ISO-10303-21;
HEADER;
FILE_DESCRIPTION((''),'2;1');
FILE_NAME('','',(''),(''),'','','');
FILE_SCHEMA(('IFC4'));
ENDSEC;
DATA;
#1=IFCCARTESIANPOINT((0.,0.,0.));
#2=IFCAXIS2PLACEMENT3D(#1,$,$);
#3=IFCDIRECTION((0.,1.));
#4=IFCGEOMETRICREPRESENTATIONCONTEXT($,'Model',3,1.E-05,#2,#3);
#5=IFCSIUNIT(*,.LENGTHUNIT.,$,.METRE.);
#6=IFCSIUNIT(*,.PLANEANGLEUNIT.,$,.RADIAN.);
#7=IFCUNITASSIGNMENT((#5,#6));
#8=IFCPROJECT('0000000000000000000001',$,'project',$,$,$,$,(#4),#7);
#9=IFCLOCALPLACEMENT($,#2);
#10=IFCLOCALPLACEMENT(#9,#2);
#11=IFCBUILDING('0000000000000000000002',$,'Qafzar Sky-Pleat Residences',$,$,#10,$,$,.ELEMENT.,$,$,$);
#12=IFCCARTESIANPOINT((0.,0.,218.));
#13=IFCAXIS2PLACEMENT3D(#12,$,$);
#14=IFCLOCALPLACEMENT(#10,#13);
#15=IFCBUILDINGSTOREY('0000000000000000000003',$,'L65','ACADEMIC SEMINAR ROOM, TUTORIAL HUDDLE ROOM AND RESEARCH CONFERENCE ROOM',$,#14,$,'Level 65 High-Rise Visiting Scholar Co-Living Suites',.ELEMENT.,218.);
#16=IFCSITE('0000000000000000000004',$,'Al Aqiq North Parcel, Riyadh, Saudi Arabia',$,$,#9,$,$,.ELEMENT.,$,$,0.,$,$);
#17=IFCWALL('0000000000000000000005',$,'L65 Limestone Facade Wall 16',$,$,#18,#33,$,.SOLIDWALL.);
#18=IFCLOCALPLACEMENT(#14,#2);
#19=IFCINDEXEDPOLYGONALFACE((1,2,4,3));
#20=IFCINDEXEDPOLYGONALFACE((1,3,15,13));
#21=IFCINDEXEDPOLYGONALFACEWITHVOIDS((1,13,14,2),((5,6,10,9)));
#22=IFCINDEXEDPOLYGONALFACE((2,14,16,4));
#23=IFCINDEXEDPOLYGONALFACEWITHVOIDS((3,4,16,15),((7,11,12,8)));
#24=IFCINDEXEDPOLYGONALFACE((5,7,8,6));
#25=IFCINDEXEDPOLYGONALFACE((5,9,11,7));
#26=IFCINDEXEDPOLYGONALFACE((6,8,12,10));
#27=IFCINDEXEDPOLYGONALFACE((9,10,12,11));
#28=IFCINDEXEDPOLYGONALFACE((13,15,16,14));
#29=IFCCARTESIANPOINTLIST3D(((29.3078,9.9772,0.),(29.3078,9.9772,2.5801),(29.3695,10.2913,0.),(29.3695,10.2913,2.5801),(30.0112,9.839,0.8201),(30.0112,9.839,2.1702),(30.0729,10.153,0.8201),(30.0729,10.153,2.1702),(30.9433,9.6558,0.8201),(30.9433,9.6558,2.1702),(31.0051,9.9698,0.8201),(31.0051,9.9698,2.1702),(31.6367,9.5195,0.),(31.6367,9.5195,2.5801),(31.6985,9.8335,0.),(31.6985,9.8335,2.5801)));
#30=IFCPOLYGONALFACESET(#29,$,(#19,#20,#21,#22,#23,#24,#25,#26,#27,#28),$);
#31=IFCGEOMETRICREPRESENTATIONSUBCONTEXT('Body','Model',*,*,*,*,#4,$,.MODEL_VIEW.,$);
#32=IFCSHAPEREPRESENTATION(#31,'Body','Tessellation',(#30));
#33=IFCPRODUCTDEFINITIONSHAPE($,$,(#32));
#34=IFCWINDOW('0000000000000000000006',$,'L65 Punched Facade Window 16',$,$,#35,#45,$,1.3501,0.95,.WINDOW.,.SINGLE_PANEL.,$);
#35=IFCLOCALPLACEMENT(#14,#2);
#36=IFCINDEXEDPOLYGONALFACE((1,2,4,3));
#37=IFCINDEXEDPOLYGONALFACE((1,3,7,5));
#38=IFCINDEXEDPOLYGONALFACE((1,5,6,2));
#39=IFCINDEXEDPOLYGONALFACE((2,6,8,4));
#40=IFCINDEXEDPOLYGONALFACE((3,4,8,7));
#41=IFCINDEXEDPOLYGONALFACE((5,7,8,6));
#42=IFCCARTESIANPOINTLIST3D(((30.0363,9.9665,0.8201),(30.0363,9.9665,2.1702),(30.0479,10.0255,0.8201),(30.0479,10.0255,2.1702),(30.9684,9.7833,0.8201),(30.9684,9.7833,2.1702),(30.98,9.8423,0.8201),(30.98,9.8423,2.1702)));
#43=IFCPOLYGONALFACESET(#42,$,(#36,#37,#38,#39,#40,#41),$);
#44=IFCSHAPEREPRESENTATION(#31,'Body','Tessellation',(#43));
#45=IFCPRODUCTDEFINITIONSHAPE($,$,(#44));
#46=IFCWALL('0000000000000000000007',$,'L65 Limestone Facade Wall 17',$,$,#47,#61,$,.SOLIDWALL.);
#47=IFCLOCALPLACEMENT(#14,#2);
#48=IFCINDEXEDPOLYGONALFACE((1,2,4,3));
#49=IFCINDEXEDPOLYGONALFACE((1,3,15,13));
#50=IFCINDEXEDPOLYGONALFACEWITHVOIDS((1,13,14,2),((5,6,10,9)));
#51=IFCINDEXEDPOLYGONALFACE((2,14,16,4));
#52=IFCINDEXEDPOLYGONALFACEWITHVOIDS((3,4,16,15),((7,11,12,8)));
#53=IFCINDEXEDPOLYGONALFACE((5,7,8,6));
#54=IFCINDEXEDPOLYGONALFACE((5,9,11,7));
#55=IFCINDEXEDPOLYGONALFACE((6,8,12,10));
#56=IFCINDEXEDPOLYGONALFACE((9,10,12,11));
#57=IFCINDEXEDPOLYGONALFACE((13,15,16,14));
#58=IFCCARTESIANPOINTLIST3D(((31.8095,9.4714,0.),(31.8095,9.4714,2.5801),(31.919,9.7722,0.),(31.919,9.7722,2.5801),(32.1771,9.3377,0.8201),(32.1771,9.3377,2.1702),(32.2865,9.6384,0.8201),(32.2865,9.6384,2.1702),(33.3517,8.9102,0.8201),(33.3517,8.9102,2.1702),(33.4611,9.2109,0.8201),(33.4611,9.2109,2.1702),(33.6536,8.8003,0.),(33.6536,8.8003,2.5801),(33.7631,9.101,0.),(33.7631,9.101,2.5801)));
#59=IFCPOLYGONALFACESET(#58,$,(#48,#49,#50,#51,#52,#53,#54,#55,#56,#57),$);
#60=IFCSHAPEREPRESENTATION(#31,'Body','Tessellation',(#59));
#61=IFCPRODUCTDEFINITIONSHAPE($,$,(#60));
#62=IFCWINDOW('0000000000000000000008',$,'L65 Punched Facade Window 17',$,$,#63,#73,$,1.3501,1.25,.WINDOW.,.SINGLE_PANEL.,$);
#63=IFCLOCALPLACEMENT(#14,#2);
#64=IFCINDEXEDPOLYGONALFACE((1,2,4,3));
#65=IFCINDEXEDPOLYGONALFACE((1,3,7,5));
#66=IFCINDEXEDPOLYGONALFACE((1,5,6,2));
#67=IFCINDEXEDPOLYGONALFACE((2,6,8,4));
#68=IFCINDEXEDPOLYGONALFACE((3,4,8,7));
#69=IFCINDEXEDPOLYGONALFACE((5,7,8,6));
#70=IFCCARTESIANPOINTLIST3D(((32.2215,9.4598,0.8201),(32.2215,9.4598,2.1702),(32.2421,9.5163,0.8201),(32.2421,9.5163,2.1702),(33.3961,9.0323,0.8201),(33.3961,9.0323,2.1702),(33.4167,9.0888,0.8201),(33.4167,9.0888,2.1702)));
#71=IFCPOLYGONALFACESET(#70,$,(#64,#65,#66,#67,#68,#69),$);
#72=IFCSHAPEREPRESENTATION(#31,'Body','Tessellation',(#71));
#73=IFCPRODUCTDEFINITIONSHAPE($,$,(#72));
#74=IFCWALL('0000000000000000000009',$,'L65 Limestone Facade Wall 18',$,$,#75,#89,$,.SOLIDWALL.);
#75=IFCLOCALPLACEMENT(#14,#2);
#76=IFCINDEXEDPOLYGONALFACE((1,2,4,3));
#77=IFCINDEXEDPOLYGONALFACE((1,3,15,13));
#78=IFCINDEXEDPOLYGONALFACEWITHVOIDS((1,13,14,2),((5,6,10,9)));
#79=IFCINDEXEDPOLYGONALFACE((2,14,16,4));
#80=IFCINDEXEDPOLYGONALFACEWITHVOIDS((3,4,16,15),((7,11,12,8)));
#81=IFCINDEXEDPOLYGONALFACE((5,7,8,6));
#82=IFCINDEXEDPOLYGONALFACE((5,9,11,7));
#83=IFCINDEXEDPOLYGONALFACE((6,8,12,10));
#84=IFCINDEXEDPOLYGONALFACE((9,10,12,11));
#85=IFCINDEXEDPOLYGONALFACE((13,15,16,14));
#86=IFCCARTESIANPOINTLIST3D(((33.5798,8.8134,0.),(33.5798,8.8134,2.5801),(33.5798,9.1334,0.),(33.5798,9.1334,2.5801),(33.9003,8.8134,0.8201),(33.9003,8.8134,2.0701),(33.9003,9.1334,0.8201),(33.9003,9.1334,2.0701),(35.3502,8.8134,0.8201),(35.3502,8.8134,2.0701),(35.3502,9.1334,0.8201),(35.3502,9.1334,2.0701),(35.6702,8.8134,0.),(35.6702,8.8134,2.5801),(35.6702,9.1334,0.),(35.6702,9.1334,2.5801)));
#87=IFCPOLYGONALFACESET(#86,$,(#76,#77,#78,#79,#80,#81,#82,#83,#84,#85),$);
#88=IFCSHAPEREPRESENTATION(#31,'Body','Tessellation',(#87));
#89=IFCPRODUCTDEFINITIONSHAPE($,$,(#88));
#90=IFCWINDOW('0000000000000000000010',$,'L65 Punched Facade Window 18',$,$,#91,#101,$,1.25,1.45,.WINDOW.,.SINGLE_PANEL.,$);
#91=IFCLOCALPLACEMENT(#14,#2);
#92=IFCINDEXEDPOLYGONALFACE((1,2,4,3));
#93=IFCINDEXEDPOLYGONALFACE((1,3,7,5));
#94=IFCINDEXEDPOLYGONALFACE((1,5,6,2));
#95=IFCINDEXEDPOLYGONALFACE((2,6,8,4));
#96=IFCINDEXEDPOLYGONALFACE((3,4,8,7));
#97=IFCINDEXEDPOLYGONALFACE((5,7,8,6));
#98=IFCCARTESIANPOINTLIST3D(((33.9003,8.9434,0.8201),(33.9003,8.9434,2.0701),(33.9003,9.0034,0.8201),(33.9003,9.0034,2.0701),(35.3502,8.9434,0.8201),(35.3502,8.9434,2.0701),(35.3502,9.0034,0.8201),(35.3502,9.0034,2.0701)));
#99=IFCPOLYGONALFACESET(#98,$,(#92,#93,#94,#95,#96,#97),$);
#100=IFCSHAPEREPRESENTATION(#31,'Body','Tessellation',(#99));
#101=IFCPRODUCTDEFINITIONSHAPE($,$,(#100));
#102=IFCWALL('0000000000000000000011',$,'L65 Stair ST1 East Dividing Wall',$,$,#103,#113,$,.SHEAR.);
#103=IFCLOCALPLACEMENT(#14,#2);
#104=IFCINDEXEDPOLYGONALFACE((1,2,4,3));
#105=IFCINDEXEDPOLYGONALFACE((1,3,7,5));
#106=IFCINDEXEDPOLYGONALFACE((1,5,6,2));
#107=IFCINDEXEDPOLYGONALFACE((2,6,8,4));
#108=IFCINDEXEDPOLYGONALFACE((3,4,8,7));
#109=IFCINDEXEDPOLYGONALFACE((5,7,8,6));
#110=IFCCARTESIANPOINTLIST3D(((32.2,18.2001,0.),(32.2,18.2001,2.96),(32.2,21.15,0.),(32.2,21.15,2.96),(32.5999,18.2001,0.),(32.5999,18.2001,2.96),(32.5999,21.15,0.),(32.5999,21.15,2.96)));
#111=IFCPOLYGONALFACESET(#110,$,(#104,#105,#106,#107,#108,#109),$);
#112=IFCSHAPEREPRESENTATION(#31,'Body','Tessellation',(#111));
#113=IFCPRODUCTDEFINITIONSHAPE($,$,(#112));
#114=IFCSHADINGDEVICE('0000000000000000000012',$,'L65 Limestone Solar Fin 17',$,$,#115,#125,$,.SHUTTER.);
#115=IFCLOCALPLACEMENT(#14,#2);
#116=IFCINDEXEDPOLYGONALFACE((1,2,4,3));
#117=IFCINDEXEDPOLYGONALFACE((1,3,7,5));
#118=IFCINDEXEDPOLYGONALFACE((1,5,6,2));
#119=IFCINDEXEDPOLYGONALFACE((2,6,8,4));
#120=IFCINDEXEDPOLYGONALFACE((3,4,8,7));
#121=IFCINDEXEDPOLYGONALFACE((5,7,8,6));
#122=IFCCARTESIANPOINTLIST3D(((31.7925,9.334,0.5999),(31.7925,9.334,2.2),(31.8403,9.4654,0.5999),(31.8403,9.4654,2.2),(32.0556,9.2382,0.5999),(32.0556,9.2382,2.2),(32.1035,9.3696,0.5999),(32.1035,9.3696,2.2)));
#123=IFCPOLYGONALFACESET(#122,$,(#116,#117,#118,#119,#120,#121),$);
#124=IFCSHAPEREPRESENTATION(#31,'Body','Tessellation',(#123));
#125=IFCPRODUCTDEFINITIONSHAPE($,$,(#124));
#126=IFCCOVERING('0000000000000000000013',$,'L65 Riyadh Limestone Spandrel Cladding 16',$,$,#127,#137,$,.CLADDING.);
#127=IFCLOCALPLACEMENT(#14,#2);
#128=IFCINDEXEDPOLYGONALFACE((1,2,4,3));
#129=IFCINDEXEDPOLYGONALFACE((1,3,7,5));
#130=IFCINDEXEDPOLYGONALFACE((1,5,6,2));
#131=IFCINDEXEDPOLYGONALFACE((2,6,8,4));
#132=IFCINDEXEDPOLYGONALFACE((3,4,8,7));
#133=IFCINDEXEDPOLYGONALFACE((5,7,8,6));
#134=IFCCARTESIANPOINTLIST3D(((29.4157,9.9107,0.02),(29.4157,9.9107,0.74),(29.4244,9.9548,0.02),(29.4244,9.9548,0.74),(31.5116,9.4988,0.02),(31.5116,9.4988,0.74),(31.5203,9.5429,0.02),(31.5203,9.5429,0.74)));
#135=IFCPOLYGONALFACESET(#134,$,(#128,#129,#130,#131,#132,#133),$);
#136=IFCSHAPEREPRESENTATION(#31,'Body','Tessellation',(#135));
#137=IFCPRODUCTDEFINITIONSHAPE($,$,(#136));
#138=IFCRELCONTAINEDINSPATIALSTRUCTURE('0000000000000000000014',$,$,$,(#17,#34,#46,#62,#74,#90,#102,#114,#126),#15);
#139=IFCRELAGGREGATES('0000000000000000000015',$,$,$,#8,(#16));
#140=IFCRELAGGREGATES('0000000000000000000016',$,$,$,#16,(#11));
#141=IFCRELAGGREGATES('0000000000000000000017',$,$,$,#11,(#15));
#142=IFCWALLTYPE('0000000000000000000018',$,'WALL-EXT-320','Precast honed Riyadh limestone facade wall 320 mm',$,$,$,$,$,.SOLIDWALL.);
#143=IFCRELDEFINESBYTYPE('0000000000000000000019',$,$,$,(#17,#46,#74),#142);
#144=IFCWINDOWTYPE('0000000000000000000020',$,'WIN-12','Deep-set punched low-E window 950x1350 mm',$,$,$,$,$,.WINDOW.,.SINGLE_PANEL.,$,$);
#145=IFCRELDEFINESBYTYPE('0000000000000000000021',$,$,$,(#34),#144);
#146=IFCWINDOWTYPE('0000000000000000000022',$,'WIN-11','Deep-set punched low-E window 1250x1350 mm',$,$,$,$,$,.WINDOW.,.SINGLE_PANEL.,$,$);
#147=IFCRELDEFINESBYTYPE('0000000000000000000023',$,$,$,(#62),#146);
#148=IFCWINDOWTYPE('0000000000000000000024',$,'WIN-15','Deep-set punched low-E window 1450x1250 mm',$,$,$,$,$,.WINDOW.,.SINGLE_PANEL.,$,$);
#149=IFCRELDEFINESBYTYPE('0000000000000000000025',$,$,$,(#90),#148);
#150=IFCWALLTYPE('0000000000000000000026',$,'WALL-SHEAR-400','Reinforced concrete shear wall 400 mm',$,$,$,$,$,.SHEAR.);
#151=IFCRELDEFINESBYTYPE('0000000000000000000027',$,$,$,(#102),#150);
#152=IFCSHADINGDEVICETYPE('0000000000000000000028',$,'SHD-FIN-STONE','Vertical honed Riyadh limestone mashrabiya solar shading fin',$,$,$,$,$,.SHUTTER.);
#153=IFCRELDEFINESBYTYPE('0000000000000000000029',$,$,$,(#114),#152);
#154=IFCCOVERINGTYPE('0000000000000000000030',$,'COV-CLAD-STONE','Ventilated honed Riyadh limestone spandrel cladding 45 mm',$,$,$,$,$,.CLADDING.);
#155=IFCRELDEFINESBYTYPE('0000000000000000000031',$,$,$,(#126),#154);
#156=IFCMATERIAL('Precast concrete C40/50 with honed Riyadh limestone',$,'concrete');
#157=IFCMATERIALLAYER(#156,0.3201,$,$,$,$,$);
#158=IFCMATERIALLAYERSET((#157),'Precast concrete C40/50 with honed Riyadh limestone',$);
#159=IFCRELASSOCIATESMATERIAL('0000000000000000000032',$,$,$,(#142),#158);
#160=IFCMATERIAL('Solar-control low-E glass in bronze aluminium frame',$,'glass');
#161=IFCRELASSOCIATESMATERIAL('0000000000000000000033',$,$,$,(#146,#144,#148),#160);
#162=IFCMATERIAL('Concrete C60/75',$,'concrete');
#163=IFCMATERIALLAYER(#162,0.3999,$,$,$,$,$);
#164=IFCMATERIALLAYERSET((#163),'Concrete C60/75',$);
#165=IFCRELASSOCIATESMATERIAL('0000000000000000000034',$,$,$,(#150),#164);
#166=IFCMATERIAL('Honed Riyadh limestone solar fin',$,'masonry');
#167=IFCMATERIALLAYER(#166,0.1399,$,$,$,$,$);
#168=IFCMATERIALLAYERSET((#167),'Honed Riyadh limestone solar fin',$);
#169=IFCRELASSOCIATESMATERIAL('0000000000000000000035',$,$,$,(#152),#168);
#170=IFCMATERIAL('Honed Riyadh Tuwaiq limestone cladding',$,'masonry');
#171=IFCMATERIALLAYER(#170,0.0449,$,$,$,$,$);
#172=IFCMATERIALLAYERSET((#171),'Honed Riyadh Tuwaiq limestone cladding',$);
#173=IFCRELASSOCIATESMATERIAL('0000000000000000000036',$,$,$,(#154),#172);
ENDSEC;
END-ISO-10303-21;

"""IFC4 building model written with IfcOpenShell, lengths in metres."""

from ifc_helpers import new_model, si_unit, direction, frame, frame_2d, origin, origin_2d, place, context, subcontext, project, spatial, rectangle, extrude, source, transform, mapped, material, layer, layer_set, type_object, element, fill, save


model = new_model("IFC4")

# Units and contexts
model_context = context("Model", 3, precision=1e-05, world=origin(), true_north=direction((0.0, 1.0)))
body_context = subcontext(model_context, "Body", "Model", "MODEL_VIEW")
ifc_project = project(units=[si_unit("LENGTHUNIT", "METRE"), si_unit("PLANEANGLEUNIT", "RADIAN")], contexts=[model_context])

# Site, building, storey
site_placement = place(None, origin())
site = spatial("IfcSite", under=ifc_project, at=site_placement, Name="Al Aqiq North Parcel, Riyadh, Saudi Arabia", CompositionType="ELEMENT", RefElevation=0.0)
building_placement = place(site_placement, origin())
building = spatial("IfcBuilding", under=site, at=building_placement, Name="Qafzar Sky-Pleat Residences", CompositionType="ELEMENT")
storey_placement = place(building_placement, frame((0.0, 0.0, 218.0)))
storey = spatial("IfcBuildingStorey", under=building, at=storey_placement, Name="L65", Description="ACADEMIC SEMINAR ROOM, TUTORIAL HUDDLE ROOM AND RESEARCH CONFERENCE ROOM", LongName="Level 65 High-Rise Visiting Scholar Co-Living Suites", CompositionType="ELEMENT", Elevation=218.0)

# Walls, openings, windows
ifc_material_1 = material(Name="Precast concrete C40/50 with honed Riyadh limestone", Category="concrete")
ifc_layer_1 = layer(ifc_material_1, 0.3201)
ifc_layer_set_1 = layer_set([ifc_layer_1], Name="Precast concrete C40/50 with honed Riyadh limestone")
wall_type_1 = type_object("IfcWallType", Name="WALL-EXT-320", Description="Precast honed Riyadh limestone facade wall 320 mm", PredefinedType="SOLIDWALL", material=ifc_layer_set_1)
ifc_material_2 = material(Name="Solar-control low-E glass in bronze aluminium frame", Category="glass")
window_type_1 = type_object("IfcWindowType", Name="WIN-11", Description="Deep-set punched low-E window 1250x1350 mm", PartitioningType="SINGLE_PANEL", PredefinedType="WINDOW", material=ifc_material_2)
shared_shape_1 = source(origin(), body_context, "Body", "SweptSolid", [
    extrude(rectangle(XDim=1.25, YDim=1.3501, at=frame_2d((0.625, 0.675))), frame((0.0, 0.03, 0.0), z_axis=(0.0, -1.0, 0.0), x_axis=(1.0, 0.0, 0.0)), (0.0, 0.0, 1.0), 0.0601),
])
wall_1_placement = place(storey_placement, frame((29.3386, 10.1343, 0.0), z_axis=(0.0, 0.0, 1.0), x_axis=(0.981224, -0.192871, 0.0)))
wall_1 = element("IfcWall", 1, at=wall_1_placement, inside=storey, type_object=wall_type_1, Name="L65 Limestone Facade Wall 16", PredefinedType="SOLIDWALL", context=body_context, shape_type="SweptSolid", body=[
    extrude(rectangle(XDim=2.3735, YDim=0.3201, at=frame_2d((1.1868, 0.0))), origin(), (0.0, 0.0, 1.0), 2.5801),
])
opening_1_placement = place(wall_1_placement, frame((0.7168, 0.0, 0.8201)))
opening_1 = element("IfcOpeningElement", 2, at=opening_1_placement, cuts=wall_1, PredefinedType="OPENING", context=body_context, shape_type="SweptSolid", body=[
    extrude(rectangle(XDim=0.95, YDim=1.3501, at=frame_2d((0.4751, 0.675))), frame((0.0, 0.1699, 0.0), z_axis=(0.0, -1.0, 0.0), x_axis=(1.0, 0.0, 0.0)), (0.0, 0.0, 1.0), 0.3401),
])
window_type_2 = type_object("IfcWindowType", Name="WIN-12", Description="Deep-set punched low-E window 950x1350 mm", PartitioningType="SINGLE_PANEL", PredefinedType="WINDOW", material=ifc_material_2)
shared_shape_2 = source(origin(), body_context, "Body", "SweptSolid", [
    extrude(rectangle(XDim=0.95, YDim=1.3501, at=frame_2d((0.4751, 0.675))), frame((0.0, 0.03, 0.0), z_axis=(0.0, -1.0, 0.0), x_axis=(1.0, 0.0, 0.0)), (0.0, 0.0, 1.0), 0.0601),
])
window_1_placement = place(opening_1_placement, origin())
window_1 = element("IfcWindow", 3, at=window_1_placement, inside=storey, type_object=window_type_2, Name="L65 Punched Facade Window 16", OverallHeight=1.3501, OverallWidth=0.95, PartitioningType="SINGLE_PANEL", PredefinedType="WINDOW", context=body_context, shape_type="MappedRepresentation", body=[
    mapped(shared_shape_2, transform((0.0, 0.0, 0.0), x_axis=(1.0, 0.0, 0.0), y_axis=(0.0, 1.0, 0.0), z_axis=(0.0, 0.0, 1.0), scale=1.0)),
])
fill(opening_1, window_1)
wall_2_placement = place(storey_placement, frame((31.8643, 9.6218, 0.0), z_axis=(0.0, 0.0, 1.0), x_axis=(0.939695, -0.342013, 0.0)))
wall_2 = element("IfcWall", 4, at=wall_2_placement, inside=storey, type_object=wall_type_1, Name="L65 Limestone Facade Wall 17", PredefinedType="SOLIDWALL", context=body_context, shape_type="SweptSolid", body=[
    extrude(rectangle(XDim=1.9624, YDim=0.3201, at=frame_2d((0.9812, 0.0))), origin(), (0.0, 0.0, 1.0), 2.5801),
])
opening_2_placement = place(wall_2_placement, frame((0.3911, 0.0, 0.8201)))
opening_2 = element("IfcOpeningElement", 5, at=opening_2_placement, cuts=wall_2, PredefinedType="OPENING", context=body_context, shape_type="SweptSolid", body=[
    extrude(rectangle(XDim=1.25, YDim=1.3501, at=frame_2d((0.625, 0.675))), frame((0.0, 0.1699, 0.0), z_axis=(0.0, -1.0, 0.0), x_axis=(1.0, 0.0, 0.0)), (0.0, 0.0, 1.0), 0.3401),
])
window_2_placement = place(opening_2_placement, origin())
window_2 = element("IfcWindow", 6, at=window_2_placement, inside=storey, type_object=window_type_1, Name="L65 Punched Facade Window 17", OverallHeight=1.3501, OverallWidth=1.25, PartitioningType="SINGLE_PANEL", PredefinedType="WINDOW", context=body_context, shape_type="MappedRepresentation", body=[
    mapped(shared_shape_1, transform((0.0, 0.0, 0.0), x_axis=(1.0, 0.0, 0.0), y_axis=(0.0, 1.0, 0.0), z_axis=(0.0, 0.0, 1.0), scale=1.0)),
])
fill(opening_2, window_2)
wall_3_placement = place(storey_placement, frame((33.5798, 8.9734, 0.0), z_axis=(0.0, 0.0, 1.0), x_axis=(1.0, 0.0, 0.0)))
wall_3 = element("IfcWall", 7, at=wall_3_placement, inside=storey, type_object=wall_type_1, Name="L65 Limestone Facade Wall 18", PredefinedType="SOLIDWALL", context=body_context, shape_type="SweptSolid", body=[
    extrude(rectangle(XDim=2.0903, YDim=0.3201, at=frame_2d((1.0452, 0.0))), origin(), (0.0, 0.0, 1.0), 2.5801),
])
opening_3_placement = place(wall_3_placement, frame((0.3203, 0.0, 0.8201)))
opening_3 = element("IfcOpeningElement", 8, at=opening_3_placement, cuts=wall_3, PredefinedType="OPENING", context=body_context, shape_type="SweptSolid", body=[
    extrude(rectangle(XDim=1.45, YDim=1.25, at=frame_2d((0.7251, 0.625))), frame((0.0, 0.1699, 0.0), z_axis=(0.0, -1.0, 0.0), x_axis=(1.0, 0.0, 0.0)), (0.0, 0.0, 1.0), 0.3401),
])
window_type_3 = type_object("IfcWindowType", Name="WIN-15", Description="Deep-set punched low-E window 1450x1250 mm", PartitioningType="SINGLE_PANEL", PredefinedType="WINDOW", material=ifc_material_2)
shared_shape_3 = source(origin(), body_context, "Body", "SweptSolid", [
    extrude(rectangle(XDim=1.45, YDim=1.25, at=frame_2d((0.7251, 0.625))), frame((0.0, 0.03, 0.0), z_axis=(0.0, -1.0, 0.0), x_axis=(1.0, 0.0, 0.0)), (0.0, 0.0, 1.0), 0.0601),
])
window_3_placement = place(opening_3_placement, origin())
window_3 = element("IfcWindow", 9, at=window_3_placement, inside=storey, type_object=window_type_3, Name="L65 Punched Facade Window 18", OverallHeight=1.25, OverallWidth=1.45, PartitioningType="SINGLE_PANEL", PredefinedType="WINDOW", context=body_context, shape_type="MappedRepresentation", body=[
    mapped(shared_shape_3, transform((0.0, 0.0, 0.0), x_axis=(1.0, 0.0, 0.0), y_axis=(0.0, 1.0, 0.0), z_axis=(0.0, 0.0, 1.0), scale=1.0)),
])
fill(opening_3, window_3)

# Wall
ifc_material_3 = material(Name="Concrete C60/75", Category="concrete")
ifc_layer_2 = layer(ifc_material_3, 0.3999)
ifc_layer_set_2 = layer_set([ifc_layer_2], Name="Concrete C60/75")
wall_type_2 = type_object("IfcWallType", Name="WALL-SHEAR-400", Description="Reinforced concrete shear wall 400 mm", PredefinedType="SHEAR", material=ifc_layer_set_2)
wall_4_placement = place(storey_placement, frame((32.3999, 18.2, 0.0), z_axis=(0.0, 0.0, 1.0), x_axis=(0.0, 1.0, 0.0)))
element("IfcWall", 10, at=wall_4_placement, inside=storey, type_object=wall_type_2, Name="L65 Stair ST1 East Dividing Wall", PredefinedType="SHEAR", context=body_context, shape_type="SweptSolid", body=[
    extrude(rectangle(XDim=2.95, YDim=0.3999, at=frame_2d((1.4751, 0.0))), origin(), (0.0, 0.0, 1.0), 2.96),
])

# Shading device
ifc_material_4 = material(Name="Honed Riyadh limestone solar fin", Category="masonry")
ifc_layer_3 = layer(ifc_material_4, 0.1399)
ifc_layer_set_3 = layer_set([ifc_layer_3], Name="Honed Riyadh limestone solar fin")
shading_device_type = type_object("IfcShadingDeviceType", Name="SHD-FIN-STONE", Description="Vertical honed Riyadh limestone mashrabiya solar shading fin", PredefinedType="SHUTTER", material=ifc_layer_set_3)
shared_shape_4 = source(origin(), body_context, "Body", "SweptSolid", [
    extrude(rectangle(XDim=0.1399, YDim=0.28, at=origin_2d()), origin(), (0.0, 0.0, 1.0), 1.6001),
])
shading_device_placement = place(storey_placement, frame((31.948, 9.3518, 0.5999), z_axis=(0.0, 0.0, 1.0), x_axis=(-0.34201, -0.939696, 0.0)))
element("IfcShadingDevice", 11, at=shading_device_placement, inside=storey, type_object=shading_device_type, Name="L65 Limestone Solar Fin 17", PredefinedType="SHUTTER", context=body_context, shape_type="MappedRepresentation", body=[
    mapped(shared_shape_4, transform((0.0, 0.0, 0.0), x_axis=(1.0, 0.0, 0.0), y_axis=(0.0, 1.0, 0.0), z_axis=(0.0, 0.0, 1.0), scale=1.0)),
])

# Covering
ifc_material_5 = material(Name="Honed Riyadh Tuwaiq limestone cladding", Category="masonry")
ifc_layer_4 = layer(ifc_material_5, 0.0449)
ifc_layer_set_4 = layer_set([ifc_layer_4], Name="Honed Riyadh Tuwaiq limestone cladding")
covering_type = type_object("IfcCoveringType", Name="COV-CLAD-STONE", Description="Ventilated honed Riyadh limestone spandrel cladding 45 mm", PredefinedType="CLADDING", material=ifc_layer_set_4)
shared_shape_5 = source(origin(), body_context, "Body", "SweptSolid", [
    extrude(rectangle(XDim=2.136, YDim=0.0449, at=origin_2d()), origin(), (0.0, 0.0, 1.0), 0.72),
])
covering_placement = place(storey_placement, frame((30.468, 9.7268, 0.02), z_axis=(0.0, 0.0, 1.0), x_axis=(0.981228, -0.19285, 0.0)))
element("IfcCovering", 12, at=covering_placement, inside=storey, type_object=covering_type, Name="L65 Riyadh Limestone Spandrel Cladding 16", PredefinedType="CLADDING", context=body_context, shape_type="MappedRepresentation", body=[
    mapped(shared_shape_5, transform((0.0, 0.0, 0.0), x_axis=(1.0, 0.0, 0.0), y_axis=(0.0, 1.0, 0.0), z_axis=(0.0, 0.0, 1.0), scale=1.0)),
])

save(model, "model.ifc")
